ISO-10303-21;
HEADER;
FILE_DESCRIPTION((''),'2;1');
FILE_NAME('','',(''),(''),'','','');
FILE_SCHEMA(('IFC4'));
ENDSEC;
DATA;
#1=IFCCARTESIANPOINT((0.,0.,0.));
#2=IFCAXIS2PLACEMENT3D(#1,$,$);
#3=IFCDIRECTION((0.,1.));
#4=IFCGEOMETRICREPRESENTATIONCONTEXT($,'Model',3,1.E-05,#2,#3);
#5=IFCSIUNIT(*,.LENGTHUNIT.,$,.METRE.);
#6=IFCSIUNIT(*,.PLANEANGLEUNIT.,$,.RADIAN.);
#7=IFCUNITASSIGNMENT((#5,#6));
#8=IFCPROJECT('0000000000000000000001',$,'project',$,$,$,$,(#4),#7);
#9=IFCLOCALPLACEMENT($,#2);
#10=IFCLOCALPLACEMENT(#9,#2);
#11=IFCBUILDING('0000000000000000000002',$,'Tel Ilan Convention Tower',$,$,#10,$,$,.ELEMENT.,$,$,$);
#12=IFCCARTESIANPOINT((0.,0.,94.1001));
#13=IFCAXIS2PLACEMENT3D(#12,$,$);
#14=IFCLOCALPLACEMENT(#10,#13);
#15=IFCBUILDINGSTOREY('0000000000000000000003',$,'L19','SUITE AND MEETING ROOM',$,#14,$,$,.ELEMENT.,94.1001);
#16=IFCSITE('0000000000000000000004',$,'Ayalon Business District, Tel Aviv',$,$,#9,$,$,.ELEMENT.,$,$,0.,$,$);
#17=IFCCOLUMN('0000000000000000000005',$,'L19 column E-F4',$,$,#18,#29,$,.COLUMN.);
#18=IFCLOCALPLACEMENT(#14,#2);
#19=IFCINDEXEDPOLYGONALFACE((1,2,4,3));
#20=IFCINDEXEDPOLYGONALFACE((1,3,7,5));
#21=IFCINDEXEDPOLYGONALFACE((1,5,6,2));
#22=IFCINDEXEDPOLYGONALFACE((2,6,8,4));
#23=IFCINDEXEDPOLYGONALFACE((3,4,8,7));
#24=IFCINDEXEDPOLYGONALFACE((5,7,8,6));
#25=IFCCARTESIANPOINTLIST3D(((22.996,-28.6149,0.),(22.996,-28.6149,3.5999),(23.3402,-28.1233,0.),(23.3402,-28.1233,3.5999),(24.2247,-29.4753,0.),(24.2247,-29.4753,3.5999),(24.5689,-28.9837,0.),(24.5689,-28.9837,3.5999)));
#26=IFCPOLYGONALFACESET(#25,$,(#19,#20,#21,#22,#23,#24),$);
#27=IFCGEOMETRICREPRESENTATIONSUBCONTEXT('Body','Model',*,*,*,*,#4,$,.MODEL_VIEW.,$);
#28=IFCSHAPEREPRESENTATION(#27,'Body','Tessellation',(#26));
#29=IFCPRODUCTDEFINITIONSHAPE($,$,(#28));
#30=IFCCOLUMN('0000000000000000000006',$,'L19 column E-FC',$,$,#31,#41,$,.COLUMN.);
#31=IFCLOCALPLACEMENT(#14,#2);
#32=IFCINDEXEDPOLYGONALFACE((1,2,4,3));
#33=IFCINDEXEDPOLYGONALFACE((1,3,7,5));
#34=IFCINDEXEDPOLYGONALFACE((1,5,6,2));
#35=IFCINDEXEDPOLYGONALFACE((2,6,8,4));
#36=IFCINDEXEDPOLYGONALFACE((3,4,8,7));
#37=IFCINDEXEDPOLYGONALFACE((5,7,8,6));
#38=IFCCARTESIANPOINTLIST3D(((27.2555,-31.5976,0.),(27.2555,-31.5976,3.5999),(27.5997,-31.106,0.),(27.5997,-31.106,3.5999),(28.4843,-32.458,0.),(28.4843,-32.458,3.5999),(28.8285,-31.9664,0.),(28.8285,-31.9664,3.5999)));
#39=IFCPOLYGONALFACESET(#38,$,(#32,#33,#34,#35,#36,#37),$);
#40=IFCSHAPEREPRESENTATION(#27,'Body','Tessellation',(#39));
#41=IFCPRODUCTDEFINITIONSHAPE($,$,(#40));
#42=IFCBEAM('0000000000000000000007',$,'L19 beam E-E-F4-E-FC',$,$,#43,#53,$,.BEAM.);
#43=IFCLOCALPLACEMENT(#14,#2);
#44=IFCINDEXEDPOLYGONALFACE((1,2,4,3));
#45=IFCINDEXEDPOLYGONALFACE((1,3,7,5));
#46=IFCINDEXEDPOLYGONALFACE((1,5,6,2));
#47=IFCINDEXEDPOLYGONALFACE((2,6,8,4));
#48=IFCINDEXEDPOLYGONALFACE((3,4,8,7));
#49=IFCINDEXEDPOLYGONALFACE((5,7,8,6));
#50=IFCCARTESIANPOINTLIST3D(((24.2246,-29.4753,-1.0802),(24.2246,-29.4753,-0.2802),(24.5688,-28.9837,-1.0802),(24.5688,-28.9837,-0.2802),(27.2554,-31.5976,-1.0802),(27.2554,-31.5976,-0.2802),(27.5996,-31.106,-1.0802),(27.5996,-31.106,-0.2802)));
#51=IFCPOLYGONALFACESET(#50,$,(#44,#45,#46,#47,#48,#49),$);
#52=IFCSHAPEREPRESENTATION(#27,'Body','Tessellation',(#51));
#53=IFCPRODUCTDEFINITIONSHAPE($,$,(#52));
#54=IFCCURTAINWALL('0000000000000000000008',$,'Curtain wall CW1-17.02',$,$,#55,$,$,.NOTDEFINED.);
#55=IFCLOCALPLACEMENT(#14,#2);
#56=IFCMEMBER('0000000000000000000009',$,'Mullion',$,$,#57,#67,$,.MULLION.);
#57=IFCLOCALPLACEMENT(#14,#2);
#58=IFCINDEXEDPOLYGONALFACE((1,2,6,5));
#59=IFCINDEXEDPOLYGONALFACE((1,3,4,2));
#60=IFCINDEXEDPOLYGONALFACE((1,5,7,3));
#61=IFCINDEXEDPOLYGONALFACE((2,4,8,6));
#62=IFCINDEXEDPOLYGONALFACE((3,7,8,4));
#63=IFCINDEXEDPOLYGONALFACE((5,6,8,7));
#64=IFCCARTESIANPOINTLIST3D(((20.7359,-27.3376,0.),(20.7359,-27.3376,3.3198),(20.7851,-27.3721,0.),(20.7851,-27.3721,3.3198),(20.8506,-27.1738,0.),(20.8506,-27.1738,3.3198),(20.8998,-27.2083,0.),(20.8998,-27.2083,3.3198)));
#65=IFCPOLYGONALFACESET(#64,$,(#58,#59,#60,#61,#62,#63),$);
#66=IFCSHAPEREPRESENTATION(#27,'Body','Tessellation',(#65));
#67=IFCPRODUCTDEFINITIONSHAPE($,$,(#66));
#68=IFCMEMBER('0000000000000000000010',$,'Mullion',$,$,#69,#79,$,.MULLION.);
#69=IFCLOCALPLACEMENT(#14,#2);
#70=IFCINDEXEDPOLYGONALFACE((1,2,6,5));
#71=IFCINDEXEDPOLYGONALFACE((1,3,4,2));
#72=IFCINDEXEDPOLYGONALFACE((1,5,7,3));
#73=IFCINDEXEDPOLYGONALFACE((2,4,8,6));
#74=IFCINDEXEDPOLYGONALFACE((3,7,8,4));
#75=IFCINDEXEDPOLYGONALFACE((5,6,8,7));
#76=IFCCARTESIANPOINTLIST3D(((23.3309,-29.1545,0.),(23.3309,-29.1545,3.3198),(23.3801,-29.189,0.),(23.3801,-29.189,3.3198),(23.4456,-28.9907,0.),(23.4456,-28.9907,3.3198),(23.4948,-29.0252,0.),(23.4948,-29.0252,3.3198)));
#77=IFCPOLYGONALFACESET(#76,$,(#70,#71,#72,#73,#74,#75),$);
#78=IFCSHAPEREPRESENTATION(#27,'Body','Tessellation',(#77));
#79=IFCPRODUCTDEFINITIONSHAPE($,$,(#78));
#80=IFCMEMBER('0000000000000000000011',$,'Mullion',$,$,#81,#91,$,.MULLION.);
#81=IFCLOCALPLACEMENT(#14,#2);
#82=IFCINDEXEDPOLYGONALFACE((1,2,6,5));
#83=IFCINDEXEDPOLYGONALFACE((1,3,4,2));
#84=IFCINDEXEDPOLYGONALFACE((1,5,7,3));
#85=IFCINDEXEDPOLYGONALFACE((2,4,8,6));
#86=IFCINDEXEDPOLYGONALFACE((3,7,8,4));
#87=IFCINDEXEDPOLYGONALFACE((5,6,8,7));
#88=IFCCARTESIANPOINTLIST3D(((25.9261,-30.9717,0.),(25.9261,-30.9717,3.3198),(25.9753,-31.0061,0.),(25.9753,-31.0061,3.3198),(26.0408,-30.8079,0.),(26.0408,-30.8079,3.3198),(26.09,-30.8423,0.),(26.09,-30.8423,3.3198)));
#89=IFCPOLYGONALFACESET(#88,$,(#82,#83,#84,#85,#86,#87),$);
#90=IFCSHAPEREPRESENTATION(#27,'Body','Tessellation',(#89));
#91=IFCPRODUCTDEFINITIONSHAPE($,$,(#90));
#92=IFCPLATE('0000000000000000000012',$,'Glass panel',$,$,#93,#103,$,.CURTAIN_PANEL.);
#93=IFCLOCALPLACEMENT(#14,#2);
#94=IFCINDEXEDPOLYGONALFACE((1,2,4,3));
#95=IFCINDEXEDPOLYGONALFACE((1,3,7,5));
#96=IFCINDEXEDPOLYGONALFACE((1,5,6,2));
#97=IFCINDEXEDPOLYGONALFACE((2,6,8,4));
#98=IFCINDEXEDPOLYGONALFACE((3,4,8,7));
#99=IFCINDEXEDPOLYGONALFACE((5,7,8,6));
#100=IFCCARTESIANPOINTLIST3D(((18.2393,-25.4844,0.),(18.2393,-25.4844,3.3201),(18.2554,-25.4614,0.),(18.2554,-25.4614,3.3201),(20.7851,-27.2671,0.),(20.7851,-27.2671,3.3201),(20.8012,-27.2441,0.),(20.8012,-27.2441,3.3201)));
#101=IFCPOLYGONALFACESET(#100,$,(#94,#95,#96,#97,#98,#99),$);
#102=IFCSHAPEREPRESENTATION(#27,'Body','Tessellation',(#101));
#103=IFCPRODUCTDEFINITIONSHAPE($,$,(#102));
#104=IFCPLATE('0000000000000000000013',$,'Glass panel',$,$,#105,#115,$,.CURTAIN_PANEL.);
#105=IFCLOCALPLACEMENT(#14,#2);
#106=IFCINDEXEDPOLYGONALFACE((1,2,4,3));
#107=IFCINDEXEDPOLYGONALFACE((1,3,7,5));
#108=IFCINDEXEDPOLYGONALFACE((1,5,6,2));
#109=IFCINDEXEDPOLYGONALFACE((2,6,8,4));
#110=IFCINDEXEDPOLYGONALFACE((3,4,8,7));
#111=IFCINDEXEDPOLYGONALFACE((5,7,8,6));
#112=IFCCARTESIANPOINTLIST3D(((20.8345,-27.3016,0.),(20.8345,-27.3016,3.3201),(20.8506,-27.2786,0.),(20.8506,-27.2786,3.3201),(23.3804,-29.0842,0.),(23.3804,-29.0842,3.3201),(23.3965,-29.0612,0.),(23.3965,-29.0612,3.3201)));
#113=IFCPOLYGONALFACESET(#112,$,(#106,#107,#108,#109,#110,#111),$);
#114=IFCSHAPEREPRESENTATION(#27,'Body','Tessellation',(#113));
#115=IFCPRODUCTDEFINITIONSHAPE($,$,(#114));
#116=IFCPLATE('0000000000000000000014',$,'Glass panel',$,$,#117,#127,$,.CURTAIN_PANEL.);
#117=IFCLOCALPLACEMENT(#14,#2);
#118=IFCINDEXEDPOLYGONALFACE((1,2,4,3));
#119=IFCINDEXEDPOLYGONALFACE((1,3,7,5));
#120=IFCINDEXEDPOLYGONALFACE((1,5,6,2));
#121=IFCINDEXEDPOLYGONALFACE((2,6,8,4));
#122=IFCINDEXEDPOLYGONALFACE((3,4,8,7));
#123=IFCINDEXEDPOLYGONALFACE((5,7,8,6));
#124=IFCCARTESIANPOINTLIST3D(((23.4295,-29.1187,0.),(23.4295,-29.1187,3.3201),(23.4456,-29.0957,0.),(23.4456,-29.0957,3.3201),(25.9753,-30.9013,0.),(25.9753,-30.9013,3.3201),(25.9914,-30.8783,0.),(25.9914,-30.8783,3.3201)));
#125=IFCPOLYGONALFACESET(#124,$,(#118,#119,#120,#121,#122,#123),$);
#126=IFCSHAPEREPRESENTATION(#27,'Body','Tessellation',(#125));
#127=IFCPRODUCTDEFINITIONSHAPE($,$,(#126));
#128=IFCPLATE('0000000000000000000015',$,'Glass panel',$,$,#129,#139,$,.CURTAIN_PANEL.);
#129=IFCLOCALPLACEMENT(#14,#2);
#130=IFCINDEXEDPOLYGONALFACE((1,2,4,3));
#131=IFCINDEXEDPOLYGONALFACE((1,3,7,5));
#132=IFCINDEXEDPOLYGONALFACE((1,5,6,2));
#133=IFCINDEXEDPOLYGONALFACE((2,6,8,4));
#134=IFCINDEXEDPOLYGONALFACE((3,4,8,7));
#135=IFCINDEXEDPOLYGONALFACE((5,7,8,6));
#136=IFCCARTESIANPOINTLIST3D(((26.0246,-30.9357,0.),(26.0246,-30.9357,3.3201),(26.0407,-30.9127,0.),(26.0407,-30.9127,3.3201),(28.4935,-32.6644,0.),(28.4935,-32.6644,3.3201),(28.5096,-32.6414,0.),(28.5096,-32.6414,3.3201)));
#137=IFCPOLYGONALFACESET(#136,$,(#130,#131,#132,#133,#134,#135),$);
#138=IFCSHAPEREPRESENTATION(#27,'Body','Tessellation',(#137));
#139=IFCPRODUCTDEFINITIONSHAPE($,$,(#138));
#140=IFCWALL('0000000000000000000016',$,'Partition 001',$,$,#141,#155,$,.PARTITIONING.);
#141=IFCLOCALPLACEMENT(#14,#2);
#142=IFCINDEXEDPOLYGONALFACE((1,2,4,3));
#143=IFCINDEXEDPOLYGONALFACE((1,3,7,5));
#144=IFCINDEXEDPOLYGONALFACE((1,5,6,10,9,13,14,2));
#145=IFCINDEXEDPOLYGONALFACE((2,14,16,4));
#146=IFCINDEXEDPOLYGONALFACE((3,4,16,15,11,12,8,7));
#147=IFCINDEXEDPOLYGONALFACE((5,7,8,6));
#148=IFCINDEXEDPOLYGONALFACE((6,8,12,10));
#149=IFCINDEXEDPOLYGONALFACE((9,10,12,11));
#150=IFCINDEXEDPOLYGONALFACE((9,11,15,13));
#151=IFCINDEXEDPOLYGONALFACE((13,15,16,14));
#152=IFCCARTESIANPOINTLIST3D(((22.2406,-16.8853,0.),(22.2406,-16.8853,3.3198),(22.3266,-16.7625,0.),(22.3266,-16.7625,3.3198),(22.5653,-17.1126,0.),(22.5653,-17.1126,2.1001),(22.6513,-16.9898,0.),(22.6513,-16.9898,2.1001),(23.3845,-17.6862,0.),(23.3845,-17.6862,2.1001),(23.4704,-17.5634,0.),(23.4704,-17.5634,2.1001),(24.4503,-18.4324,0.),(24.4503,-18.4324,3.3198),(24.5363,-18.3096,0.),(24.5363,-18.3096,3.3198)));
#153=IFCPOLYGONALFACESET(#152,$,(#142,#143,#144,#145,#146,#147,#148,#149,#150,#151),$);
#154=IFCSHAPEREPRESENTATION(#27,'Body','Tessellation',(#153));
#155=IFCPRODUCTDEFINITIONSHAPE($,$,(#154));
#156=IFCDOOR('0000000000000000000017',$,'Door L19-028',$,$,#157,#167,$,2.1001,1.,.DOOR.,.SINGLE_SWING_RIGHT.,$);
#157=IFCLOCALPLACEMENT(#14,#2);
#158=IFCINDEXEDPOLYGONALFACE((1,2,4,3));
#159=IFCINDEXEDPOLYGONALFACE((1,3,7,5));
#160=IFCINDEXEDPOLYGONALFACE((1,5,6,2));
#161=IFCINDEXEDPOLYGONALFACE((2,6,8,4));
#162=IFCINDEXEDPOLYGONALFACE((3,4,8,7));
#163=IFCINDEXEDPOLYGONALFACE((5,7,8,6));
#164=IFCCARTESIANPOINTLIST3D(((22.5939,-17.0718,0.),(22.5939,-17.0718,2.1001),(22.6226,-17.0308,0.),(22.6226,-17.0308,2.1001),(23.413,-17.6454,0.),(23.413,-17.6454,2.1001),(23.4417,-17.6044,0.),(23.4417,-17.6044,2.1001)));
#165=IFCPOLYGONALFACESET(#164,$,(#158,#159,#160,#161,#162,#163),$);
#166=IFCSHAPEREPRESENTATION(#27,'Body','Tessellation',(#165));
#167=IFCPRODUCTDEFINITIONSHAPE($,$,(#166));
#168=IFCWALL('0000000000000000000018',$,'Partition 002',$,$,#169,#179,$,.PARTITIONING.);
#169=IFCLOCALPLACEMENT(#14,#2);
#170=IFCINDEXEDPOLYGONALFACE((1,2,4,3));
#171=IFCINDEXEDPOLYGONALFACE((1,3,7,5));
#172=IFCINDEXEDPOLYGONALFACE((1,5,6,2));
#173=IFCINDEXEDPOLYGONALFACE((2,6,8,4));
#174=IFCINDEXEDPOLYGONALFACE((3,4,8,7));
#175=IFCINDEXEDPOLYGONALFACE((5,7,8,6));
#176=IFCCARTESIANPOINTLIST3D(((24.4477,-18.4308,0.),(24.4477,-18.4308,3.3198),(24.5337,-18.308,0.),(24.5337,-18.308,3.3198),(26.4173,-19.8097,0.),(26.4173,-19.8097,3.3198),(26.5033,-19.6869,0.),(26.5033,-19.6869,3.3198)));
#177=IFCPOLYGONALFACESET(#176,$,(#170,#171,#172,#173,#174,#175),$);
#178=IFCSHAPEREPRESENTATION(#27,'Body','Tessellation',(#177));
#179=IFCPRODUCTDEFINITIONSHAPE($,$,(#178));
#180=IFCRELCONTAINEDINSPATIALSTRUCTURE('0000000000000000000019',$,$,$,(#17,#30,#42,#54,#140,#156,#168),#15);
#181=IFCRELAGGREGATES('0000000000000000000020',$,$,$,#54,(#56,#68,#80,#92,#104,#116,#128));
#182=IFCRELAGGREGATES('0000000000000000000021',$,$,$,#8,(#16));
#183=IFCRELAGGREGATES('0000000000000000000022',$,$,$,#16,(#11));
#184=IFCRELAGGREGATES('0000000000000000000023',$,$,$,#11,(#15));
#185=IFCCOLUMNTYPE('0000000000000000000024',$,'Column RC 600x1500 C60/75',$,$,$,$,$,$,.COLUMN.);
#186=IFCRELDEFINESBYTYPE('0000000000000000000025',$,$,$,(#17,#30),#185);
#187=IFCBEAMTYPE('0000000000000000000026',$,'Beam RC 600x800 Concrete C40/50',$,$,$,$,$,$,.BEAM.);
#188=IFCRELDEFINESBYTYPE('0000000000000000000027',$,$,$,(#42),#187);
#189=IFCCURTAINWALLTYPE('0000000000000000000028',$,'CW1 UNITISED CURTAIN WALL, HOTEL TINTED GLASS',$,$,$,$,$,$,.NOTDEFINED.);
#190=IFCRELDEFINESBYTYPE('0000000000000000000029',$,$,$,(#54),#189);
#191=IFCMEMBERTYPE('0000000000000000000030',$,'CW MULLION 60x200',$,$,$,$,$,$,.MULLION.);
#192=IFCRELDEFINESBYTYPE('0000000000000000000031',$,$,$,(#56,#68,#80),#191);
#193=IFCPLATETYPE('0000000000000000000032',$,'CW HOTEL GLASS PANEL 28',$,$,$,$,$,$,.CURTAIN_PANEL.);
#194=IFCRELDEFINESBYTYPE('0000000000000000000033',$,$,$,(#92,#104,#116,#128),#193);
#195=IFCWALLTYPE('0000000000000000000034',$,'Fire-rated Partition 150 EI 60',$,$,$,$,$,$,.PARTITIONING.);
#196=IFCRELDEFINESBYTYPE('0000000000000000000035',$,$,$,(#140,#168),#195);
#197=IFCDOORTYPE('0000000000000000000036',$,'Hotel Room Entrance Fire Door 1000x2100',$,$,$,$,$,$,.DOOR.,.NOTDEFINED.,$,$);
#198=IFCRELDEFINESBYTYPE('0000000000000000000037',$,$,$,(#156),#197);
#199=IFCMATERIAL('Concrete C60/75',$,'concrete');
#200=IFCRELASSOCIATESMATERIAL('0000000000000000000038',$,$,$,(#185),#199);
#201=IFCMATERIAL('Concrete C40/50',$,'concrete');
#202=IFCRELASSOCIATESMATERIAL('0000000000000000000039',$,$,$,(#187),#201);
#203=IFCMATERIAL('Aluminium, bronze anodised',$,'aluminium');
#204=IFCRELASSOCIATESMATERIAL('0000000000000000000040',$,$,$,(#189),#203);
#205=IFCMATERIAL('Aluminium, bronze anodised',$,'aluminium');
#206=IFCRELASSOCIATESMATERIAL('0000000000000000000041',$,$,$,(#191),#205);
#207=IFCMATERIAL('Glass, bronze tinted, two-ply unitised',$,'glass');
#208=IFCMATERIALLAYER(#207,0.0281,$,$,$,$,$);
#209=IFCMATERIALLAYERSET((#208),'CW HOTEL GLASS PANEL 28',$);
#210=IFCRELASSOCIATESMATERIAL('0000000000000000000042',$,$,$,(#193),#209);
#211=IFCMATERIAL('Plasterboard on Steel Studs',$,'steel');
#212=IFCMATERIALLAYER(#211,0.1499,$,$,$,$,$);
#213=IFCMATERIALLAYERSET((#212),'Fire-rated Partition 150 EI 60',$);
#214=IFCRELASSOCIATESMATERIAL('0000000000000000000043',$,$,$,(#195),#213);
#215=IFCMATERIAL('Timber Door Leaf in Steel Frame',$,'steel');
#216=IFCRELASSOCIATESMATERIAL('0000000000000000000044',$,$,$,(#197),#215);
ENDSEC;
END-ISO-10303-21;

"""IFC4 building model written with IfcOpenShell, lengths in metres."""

from ifc_helpers import new_model, si_unit, direction, frame, frame_2d, origin, origin_2d, place, context, subcontext, project, spatial, rectangle, extrude, material, layer, layer_set, material_profile, profile_set, type_object, element, fill, aggregate, save


model = new_model("IFC4")

# Units and contexts
model_context = context("Model", 3, precision=1e-05, world=origin(), true_north=direction((0.0, 1.0)))
body_context = subcontext(model_context, "Body", "Model", "MODEL_VIEW")
ifc_project = project(units=[si_unit("LENGTHUNIT", "METRE"), si_unit("PLANEANGLEUNIT", "RADIAN")], contexts=[model_context])

# Site, building, storey
site_placement = place(None, origin())
site = spatial("IfcSite", under=ifc_project, at=site_placement, Name="Ayalon Business District, Tel Aviv", CompositionType="ELEMENT", RefElevation=0.0)
building_placement = place(site_placement, origin())
building = spatial("IfcBuilding", under=site, at=building_placement, Name="Tel Ilan Convention Tower", CompositionType="ELEMENT")
storey_placement = place(building_placement, frame((0.0, 0.0, 94.1001)))
storey = spatial("IfcBuildingStorey", under=building, at=storey_placement, Name="L19", Description="SUITE AND MEETING ROOM", CompositionType="ELEMENT", Elevation=94.1001)

# Columns
ifc_material_1 = material(Name="Concrete C60/75", Category="concrete")
ifc_material_profile_1 = material_profile(ifc_material_1, rectangle(XDim=1.5, YDim=0.6001, at=origin_2d()), Name="RC 600x1500")
ifc_profile_set_1 = profile_set([ifc_material_profile_1], Name="Concrete C60/75")
column_type = type_object("IfcColumnType", Name="Column RC 600x1500 C60/75", PredefinedType="COLUMN", material=ifc_profile_set_1)
for number, where, z_axis, x_axis, name in (
    (1, (23.7825, -28.7993, 0.0), (0.0, 0.0, 1.0), (0.819152, -0.573576, 0.0), "L19 column E-F4"),
    (2, (28.042, -31.782, 0.0), (0.0, 0.0, 1.0), (0.819152, -0.573576, 0.0), "L19 column E-FC"),
):
    element("IfcColumn", number, at=place(storey_placement, frame(where, z_axis=z_axis, x_axis=x_axis)), inside=storey, type_object=column_type, Name=name, PredefinedType="COLUMN", context=body_context, shape_type="SweptSolid", body=[
        extrude(rectangle(XDim=1.5, YDim=0.6001, at=origin_2d()), origin(), (0.0, 0.0, 1.0), 3.5999),
    ])

# Beam
ifc_material_2 = material(Name="Concrete C40/50", Category="concrete")
ifc_material_profile_2 = material_profile(ifc_material_2, rectangle(XDim=0.6001, YDim=0.8, at=origin_2d()), Name="RC 600x800")
ifc_profile_set_2 = profile_set([ifc_material_profile_2], Name="Concrete C40/50")
beam_type = type_object("IfcBeamType", Name="Beam RC 600x800 Concrete C40/50", PredefinedType="BEAM", material=ifc_profile_set_2)
beam_placement = place(storey_placement, frame((24.3967, -29.2295, -0.6802), z_axis=(0.819133, -0.573604, 0.0), x_axis=(0.573604, 0.819133, 0.0)))
element("IfcBeam", 3, at=beam_placement, inside=storey, type_object=beam_type, Name="L19 beam E-E-F4-E-FC", PredefinedType="BEAM", context=body_context, shape_type="SweptSolid", body=[
    extrude(rectangle(XDim=0.6001, YDim=0.8, at=origin_2d()), origin(), (0.0, 0.0, 1.0), 3.7),
])

# Curtain wall, members, plates
ifc_material_3 = material(Name="Aluminium, bronze anodised", Category="aluminium")
curtain_wall_type = type_object("IfcCurtainWallType", Name="CW1 UNITISED CURTAIN WALL, HOTEL TINTED GLASS", PredefinedType="NOTDEFINED", material=ifc_material_3)
curtain_wall_placement = place(storey_placement, origin())
curtain_wall = element("IfcCurtainWall", 4, at=curtain_wall_placement, inside=storey, type_object=curtain_wall_type, Name="Curtain wall CW1-17.02", PredefinedType="NOTDEFINED")
ifc_material_4 = material(Name="Aluminium, bronze anodised", Category="aluminium")
ifc_material_profile_3 = material_profile(ifc_material_4, rectangle(XDim=0.0601, YDim=0.2, at=origin_2d()), Name="CW MULLION 60x200")
ifc_profile_set_3 = profile_set([ifc_material_profile_3], Name="Aluminium, bronze anodised")
member_type = type_object("IfcMemberType", Name="CW MULLION 60x200", PredefinedType="MULLION", material=ifc_profile_set_3)
member_1_placement = place(storey_placement, frame((20.8179, -27.2729, 0.0), z_axis=(0.0, 0.0, 1.0), x_axis=(0.819152, -0.573576, 0.0)))
member_1 = element("IfcMember", 5, at=member_1_placement, type_object=member_type, Name="Mullion", PredefinedType="MULLION", context=body_context, shape_type="SweptSolid", body=[
    extrude(rectangle(XDim=0.0601, YDim=0.2, at=origin_2d()), origin(), (0.0, 0.0, 1.0), 3.3198),
])
member_2_placement = place(storey_placement, frame((23.4128, -29.0898, 0.0), z_axis=(0.0, 0.0, 1.0), x_axis=(0.819152, -0.573576, 0.0)))
member_2 = element("IfcMember", 6, at=member_2_placement, type_object=member_type, Name="Mullion", PredefinedType="MULLION", context=body_context, shape_type="SweptSolid", body=[
    extrude(rectangle(XDim=0.0601, YDim=0.2, at=origin_2d()), origin(), (0.0, 0.0, 1.0), 3.3198),
])
member_3_placement = place(storey_placement, frame((26.0081, -30.907, 0.0), z_axis=(0.0, 0.0, 1.0), x_axis=(0.819152, -0.573576, 0.0)))
member_3 = element("IfcMember", 7, at=member_3_placement, type_object=member_type, Name="Mullion", PredefinedType="MULLION", context=body_context, shape_type="SweptSolid", body=[
    extrude(rectangle(XDim=0.0601, YDim=0.2, at=origin_2d()), origin(), (0.0, 0.0, 1.0), 3.3198),
])
ifc_material_5 = material(Name="Glass, bronze tinted, two-ply unitised", Category="glass")
ifc_layer_1 = layer(ifc_material_5, 0.0281)
ifc_layer_set_1 = layer_set([ifc_layer_1], Name="CW HOTEL GLASS PANEL 28")
plate_type = type_object("IfcPlateType", Name="CW HOTEL GLASS PANEL 28", PredefinedType="CURTAIN_PANEL", material=ifc_layer_set_1)
plate_1_placement = place(storey_placement, frame((19.5203, -26.3643, 0.0), z_axis=(0.0, 0.0, 1.0), x_axis=(0.819152, -0.573576, 0.0)))
plate_1 = element("IfcPlate", 8, at=plate_1_placement, type_object=plate_type, Name="Glass panel", PredefinedType="CURTAIN_PANEL", context=body_context, shape_type="SweptSolid", body=[
    extrude(rectangle(XDim=3.1079, YDim=0.0281, at=origin_2d()), origin(), (0.0, 0.0, 1.0), 3.3201),
])
plate_2_placement = place(storey_placement, frame((22.1155, -28.1814, 0.0), z_axis=(0.0, 0.0, 1.0), x_axis=(0.819152, -0.573576, 0.0)))
plate_2 = element("IfcPlate", 9, at=plate_2_placement, type_object=plate_type, Name="Glass panel", PredefinedType="CURTAIN_PANEL", context=body_context, shape_type="SweptSolid", body=[
    extrude(rectangle(XDim=3.1079, YDim=0.0281, at=origin_2d()), origin(), (0.0, 0.0, 1.0), 3.3201),
])
plate_3_placement = place(storey_placement, frame((24.7104, -29.9985, 0.0), z_axis=(0.0, 0.0, 1.0), x_axis=(0.819152, -0.573576, 0.0)))
plate_3 = element("IfcPlate", 10, at=plate_3_placement, type_object=plate_type, Name="Glass panel", PredefinedType="CURTAIN_PANEL", context=body_context, shape_type="SweptSolid", body=[
    extrude(rectangle(XDim=3.1079, YDim=0.0281, at=origin_2d()), origin(), (0.0, 0.0, 1.0), 3.3201),
])
plate_4_placement = place(storey_placement, frame((27.2671, -31.7886, 0.0), z_axis=(0.0, 0.0, 1.0), x_axis=(0.819152, -0.573576, 0.0)))
plate_4 = element("IfcPlate", 11, at=plate_4_placement, type_object=plate_type, Name="Glass panel", PredefinedType="CURTAIN_PANEL", context=body_context, shape_type="SweptSolid", body=[
    extrude(rectangle(XDim=3.0139, YDim=0.0281, at=origin_2d()), origin(), (0.0, 0.0, 1.0), 3.3201),
])
aggregate(curtain_wall, [member_1, member_2, member_3, plate_1, plate_2, plate_3, plate_4])

# Wall, opening, door
ifc_material_6 = material(Name="Plasterboard on Steel Studs", Category="steel")
ifc_layer_2 = layer(ifc_material_6, 0.1499)
ifc_layer_set_2 = layer_set([ifc_layer_2], Name="Fire-rated Partition 150 EI 60")
wall_type_1 = type_object("IfcWallType", Name="Fire-rated Partition 150 EI 60", PredefinedType="PARTITIONING", material=ifc_layer_set_2)
wall_1_placement = place(storey_placement, frame((22.2837, -16.824, 0.0), z_axis=(0.0, 0.0, 1.0), x_axis=(0.819177, -0.573541, 0.0)))
wall_1 = element("IfcWall", 12, at=wall_1_placement, inside=storey, type_object=wall_type_1, Name="Partition 001", PredefinedType="PARTITIONING", context=body_context, shape_type="SweptSolid", body=[
    extrude(rectangle(XDim=2.6975, YDim=0.1499, at=frame_2d((1.3486, 0.0))), origin(), (0.0, 0.0, 1.0), 3.3198),
])
opening_1_placement = place(wall_1_placement, frame((0.3962, 0.0, 0.0)))
opening_1 = element("IfcOpeningElement", 13, at=opening_1_placement, cuts=wall_1, PredefinedType="OPENING", context=body_context, shape_type="SweptSolid", body=[
    extrude(rectangle(XDim=1.0, YDim=2.1001, at=frame_2d((0.5, 1.05))), frame((0.0, 0.085, 0.0), z_axis=(0.0, -1.0, 0.0), x_axis=(1.0, 0.0, 0.0)), (0.0, 0.0, 1.0), 0.1699),
])
ifc_material_7 = material(Name="Timber Door Leaf in Steel Frame", Category="steel")
door_type_1 = type_object("IfcDoorType", Name="Hotel Room Entrance Fire Door 1000x2100", OperationType="NOTDEFINED", PredefinedType="DOOR", material=ifc_material_7)
door_1_placement = place(opening_1_placement, origin())
door_1 = element("IfcDoor", 14, at=door_1_placement, inside=storey, type_object=door_type_1, Name="Door L19-028", OperationType="SINGLE_SWING_RIGHT", OverallHeight=2.1001, OverallWidth=1.0, PredefinedType="DOOR", context=body_context, shape_type="SweptSolid", body=[
    extrude(rectangle(XDim=1.0, YDim=2.1001, at=frame_2d((0.5, 1.05))), frame((0.0, 0.0249, 0.0), z_axis=(0.0, -1.0, 0.0), x_axis=(1.0, 0.0, 0.0)), (0.0, 0.0, 1.0), 0.05),
])
fill(opening_1, door_1)

# Wall
wall_2_placement = place(storey_placement, frame((24.4907, -18.3694, 0.0), z_axis=(0.0, 0.0, 1.0), x_axis=(0.819179, -0.573537, 0.0)))
element("IfcWall", 15, at=wall_2_placement, inside=storey, type_object=wall_type_1, Name="Partition 002", PredefinedType="PARTITIONING", context=body_context, shape_type="SweptSolid", body=[
    extrude(rectangle(XDim=2.4043, YDim=0.1499, at=frame_2d((1.2021, 0.0))), origin(), (0.0, 0.0, 1.0), 3.3198),
])

save(model, "model.ifc")
